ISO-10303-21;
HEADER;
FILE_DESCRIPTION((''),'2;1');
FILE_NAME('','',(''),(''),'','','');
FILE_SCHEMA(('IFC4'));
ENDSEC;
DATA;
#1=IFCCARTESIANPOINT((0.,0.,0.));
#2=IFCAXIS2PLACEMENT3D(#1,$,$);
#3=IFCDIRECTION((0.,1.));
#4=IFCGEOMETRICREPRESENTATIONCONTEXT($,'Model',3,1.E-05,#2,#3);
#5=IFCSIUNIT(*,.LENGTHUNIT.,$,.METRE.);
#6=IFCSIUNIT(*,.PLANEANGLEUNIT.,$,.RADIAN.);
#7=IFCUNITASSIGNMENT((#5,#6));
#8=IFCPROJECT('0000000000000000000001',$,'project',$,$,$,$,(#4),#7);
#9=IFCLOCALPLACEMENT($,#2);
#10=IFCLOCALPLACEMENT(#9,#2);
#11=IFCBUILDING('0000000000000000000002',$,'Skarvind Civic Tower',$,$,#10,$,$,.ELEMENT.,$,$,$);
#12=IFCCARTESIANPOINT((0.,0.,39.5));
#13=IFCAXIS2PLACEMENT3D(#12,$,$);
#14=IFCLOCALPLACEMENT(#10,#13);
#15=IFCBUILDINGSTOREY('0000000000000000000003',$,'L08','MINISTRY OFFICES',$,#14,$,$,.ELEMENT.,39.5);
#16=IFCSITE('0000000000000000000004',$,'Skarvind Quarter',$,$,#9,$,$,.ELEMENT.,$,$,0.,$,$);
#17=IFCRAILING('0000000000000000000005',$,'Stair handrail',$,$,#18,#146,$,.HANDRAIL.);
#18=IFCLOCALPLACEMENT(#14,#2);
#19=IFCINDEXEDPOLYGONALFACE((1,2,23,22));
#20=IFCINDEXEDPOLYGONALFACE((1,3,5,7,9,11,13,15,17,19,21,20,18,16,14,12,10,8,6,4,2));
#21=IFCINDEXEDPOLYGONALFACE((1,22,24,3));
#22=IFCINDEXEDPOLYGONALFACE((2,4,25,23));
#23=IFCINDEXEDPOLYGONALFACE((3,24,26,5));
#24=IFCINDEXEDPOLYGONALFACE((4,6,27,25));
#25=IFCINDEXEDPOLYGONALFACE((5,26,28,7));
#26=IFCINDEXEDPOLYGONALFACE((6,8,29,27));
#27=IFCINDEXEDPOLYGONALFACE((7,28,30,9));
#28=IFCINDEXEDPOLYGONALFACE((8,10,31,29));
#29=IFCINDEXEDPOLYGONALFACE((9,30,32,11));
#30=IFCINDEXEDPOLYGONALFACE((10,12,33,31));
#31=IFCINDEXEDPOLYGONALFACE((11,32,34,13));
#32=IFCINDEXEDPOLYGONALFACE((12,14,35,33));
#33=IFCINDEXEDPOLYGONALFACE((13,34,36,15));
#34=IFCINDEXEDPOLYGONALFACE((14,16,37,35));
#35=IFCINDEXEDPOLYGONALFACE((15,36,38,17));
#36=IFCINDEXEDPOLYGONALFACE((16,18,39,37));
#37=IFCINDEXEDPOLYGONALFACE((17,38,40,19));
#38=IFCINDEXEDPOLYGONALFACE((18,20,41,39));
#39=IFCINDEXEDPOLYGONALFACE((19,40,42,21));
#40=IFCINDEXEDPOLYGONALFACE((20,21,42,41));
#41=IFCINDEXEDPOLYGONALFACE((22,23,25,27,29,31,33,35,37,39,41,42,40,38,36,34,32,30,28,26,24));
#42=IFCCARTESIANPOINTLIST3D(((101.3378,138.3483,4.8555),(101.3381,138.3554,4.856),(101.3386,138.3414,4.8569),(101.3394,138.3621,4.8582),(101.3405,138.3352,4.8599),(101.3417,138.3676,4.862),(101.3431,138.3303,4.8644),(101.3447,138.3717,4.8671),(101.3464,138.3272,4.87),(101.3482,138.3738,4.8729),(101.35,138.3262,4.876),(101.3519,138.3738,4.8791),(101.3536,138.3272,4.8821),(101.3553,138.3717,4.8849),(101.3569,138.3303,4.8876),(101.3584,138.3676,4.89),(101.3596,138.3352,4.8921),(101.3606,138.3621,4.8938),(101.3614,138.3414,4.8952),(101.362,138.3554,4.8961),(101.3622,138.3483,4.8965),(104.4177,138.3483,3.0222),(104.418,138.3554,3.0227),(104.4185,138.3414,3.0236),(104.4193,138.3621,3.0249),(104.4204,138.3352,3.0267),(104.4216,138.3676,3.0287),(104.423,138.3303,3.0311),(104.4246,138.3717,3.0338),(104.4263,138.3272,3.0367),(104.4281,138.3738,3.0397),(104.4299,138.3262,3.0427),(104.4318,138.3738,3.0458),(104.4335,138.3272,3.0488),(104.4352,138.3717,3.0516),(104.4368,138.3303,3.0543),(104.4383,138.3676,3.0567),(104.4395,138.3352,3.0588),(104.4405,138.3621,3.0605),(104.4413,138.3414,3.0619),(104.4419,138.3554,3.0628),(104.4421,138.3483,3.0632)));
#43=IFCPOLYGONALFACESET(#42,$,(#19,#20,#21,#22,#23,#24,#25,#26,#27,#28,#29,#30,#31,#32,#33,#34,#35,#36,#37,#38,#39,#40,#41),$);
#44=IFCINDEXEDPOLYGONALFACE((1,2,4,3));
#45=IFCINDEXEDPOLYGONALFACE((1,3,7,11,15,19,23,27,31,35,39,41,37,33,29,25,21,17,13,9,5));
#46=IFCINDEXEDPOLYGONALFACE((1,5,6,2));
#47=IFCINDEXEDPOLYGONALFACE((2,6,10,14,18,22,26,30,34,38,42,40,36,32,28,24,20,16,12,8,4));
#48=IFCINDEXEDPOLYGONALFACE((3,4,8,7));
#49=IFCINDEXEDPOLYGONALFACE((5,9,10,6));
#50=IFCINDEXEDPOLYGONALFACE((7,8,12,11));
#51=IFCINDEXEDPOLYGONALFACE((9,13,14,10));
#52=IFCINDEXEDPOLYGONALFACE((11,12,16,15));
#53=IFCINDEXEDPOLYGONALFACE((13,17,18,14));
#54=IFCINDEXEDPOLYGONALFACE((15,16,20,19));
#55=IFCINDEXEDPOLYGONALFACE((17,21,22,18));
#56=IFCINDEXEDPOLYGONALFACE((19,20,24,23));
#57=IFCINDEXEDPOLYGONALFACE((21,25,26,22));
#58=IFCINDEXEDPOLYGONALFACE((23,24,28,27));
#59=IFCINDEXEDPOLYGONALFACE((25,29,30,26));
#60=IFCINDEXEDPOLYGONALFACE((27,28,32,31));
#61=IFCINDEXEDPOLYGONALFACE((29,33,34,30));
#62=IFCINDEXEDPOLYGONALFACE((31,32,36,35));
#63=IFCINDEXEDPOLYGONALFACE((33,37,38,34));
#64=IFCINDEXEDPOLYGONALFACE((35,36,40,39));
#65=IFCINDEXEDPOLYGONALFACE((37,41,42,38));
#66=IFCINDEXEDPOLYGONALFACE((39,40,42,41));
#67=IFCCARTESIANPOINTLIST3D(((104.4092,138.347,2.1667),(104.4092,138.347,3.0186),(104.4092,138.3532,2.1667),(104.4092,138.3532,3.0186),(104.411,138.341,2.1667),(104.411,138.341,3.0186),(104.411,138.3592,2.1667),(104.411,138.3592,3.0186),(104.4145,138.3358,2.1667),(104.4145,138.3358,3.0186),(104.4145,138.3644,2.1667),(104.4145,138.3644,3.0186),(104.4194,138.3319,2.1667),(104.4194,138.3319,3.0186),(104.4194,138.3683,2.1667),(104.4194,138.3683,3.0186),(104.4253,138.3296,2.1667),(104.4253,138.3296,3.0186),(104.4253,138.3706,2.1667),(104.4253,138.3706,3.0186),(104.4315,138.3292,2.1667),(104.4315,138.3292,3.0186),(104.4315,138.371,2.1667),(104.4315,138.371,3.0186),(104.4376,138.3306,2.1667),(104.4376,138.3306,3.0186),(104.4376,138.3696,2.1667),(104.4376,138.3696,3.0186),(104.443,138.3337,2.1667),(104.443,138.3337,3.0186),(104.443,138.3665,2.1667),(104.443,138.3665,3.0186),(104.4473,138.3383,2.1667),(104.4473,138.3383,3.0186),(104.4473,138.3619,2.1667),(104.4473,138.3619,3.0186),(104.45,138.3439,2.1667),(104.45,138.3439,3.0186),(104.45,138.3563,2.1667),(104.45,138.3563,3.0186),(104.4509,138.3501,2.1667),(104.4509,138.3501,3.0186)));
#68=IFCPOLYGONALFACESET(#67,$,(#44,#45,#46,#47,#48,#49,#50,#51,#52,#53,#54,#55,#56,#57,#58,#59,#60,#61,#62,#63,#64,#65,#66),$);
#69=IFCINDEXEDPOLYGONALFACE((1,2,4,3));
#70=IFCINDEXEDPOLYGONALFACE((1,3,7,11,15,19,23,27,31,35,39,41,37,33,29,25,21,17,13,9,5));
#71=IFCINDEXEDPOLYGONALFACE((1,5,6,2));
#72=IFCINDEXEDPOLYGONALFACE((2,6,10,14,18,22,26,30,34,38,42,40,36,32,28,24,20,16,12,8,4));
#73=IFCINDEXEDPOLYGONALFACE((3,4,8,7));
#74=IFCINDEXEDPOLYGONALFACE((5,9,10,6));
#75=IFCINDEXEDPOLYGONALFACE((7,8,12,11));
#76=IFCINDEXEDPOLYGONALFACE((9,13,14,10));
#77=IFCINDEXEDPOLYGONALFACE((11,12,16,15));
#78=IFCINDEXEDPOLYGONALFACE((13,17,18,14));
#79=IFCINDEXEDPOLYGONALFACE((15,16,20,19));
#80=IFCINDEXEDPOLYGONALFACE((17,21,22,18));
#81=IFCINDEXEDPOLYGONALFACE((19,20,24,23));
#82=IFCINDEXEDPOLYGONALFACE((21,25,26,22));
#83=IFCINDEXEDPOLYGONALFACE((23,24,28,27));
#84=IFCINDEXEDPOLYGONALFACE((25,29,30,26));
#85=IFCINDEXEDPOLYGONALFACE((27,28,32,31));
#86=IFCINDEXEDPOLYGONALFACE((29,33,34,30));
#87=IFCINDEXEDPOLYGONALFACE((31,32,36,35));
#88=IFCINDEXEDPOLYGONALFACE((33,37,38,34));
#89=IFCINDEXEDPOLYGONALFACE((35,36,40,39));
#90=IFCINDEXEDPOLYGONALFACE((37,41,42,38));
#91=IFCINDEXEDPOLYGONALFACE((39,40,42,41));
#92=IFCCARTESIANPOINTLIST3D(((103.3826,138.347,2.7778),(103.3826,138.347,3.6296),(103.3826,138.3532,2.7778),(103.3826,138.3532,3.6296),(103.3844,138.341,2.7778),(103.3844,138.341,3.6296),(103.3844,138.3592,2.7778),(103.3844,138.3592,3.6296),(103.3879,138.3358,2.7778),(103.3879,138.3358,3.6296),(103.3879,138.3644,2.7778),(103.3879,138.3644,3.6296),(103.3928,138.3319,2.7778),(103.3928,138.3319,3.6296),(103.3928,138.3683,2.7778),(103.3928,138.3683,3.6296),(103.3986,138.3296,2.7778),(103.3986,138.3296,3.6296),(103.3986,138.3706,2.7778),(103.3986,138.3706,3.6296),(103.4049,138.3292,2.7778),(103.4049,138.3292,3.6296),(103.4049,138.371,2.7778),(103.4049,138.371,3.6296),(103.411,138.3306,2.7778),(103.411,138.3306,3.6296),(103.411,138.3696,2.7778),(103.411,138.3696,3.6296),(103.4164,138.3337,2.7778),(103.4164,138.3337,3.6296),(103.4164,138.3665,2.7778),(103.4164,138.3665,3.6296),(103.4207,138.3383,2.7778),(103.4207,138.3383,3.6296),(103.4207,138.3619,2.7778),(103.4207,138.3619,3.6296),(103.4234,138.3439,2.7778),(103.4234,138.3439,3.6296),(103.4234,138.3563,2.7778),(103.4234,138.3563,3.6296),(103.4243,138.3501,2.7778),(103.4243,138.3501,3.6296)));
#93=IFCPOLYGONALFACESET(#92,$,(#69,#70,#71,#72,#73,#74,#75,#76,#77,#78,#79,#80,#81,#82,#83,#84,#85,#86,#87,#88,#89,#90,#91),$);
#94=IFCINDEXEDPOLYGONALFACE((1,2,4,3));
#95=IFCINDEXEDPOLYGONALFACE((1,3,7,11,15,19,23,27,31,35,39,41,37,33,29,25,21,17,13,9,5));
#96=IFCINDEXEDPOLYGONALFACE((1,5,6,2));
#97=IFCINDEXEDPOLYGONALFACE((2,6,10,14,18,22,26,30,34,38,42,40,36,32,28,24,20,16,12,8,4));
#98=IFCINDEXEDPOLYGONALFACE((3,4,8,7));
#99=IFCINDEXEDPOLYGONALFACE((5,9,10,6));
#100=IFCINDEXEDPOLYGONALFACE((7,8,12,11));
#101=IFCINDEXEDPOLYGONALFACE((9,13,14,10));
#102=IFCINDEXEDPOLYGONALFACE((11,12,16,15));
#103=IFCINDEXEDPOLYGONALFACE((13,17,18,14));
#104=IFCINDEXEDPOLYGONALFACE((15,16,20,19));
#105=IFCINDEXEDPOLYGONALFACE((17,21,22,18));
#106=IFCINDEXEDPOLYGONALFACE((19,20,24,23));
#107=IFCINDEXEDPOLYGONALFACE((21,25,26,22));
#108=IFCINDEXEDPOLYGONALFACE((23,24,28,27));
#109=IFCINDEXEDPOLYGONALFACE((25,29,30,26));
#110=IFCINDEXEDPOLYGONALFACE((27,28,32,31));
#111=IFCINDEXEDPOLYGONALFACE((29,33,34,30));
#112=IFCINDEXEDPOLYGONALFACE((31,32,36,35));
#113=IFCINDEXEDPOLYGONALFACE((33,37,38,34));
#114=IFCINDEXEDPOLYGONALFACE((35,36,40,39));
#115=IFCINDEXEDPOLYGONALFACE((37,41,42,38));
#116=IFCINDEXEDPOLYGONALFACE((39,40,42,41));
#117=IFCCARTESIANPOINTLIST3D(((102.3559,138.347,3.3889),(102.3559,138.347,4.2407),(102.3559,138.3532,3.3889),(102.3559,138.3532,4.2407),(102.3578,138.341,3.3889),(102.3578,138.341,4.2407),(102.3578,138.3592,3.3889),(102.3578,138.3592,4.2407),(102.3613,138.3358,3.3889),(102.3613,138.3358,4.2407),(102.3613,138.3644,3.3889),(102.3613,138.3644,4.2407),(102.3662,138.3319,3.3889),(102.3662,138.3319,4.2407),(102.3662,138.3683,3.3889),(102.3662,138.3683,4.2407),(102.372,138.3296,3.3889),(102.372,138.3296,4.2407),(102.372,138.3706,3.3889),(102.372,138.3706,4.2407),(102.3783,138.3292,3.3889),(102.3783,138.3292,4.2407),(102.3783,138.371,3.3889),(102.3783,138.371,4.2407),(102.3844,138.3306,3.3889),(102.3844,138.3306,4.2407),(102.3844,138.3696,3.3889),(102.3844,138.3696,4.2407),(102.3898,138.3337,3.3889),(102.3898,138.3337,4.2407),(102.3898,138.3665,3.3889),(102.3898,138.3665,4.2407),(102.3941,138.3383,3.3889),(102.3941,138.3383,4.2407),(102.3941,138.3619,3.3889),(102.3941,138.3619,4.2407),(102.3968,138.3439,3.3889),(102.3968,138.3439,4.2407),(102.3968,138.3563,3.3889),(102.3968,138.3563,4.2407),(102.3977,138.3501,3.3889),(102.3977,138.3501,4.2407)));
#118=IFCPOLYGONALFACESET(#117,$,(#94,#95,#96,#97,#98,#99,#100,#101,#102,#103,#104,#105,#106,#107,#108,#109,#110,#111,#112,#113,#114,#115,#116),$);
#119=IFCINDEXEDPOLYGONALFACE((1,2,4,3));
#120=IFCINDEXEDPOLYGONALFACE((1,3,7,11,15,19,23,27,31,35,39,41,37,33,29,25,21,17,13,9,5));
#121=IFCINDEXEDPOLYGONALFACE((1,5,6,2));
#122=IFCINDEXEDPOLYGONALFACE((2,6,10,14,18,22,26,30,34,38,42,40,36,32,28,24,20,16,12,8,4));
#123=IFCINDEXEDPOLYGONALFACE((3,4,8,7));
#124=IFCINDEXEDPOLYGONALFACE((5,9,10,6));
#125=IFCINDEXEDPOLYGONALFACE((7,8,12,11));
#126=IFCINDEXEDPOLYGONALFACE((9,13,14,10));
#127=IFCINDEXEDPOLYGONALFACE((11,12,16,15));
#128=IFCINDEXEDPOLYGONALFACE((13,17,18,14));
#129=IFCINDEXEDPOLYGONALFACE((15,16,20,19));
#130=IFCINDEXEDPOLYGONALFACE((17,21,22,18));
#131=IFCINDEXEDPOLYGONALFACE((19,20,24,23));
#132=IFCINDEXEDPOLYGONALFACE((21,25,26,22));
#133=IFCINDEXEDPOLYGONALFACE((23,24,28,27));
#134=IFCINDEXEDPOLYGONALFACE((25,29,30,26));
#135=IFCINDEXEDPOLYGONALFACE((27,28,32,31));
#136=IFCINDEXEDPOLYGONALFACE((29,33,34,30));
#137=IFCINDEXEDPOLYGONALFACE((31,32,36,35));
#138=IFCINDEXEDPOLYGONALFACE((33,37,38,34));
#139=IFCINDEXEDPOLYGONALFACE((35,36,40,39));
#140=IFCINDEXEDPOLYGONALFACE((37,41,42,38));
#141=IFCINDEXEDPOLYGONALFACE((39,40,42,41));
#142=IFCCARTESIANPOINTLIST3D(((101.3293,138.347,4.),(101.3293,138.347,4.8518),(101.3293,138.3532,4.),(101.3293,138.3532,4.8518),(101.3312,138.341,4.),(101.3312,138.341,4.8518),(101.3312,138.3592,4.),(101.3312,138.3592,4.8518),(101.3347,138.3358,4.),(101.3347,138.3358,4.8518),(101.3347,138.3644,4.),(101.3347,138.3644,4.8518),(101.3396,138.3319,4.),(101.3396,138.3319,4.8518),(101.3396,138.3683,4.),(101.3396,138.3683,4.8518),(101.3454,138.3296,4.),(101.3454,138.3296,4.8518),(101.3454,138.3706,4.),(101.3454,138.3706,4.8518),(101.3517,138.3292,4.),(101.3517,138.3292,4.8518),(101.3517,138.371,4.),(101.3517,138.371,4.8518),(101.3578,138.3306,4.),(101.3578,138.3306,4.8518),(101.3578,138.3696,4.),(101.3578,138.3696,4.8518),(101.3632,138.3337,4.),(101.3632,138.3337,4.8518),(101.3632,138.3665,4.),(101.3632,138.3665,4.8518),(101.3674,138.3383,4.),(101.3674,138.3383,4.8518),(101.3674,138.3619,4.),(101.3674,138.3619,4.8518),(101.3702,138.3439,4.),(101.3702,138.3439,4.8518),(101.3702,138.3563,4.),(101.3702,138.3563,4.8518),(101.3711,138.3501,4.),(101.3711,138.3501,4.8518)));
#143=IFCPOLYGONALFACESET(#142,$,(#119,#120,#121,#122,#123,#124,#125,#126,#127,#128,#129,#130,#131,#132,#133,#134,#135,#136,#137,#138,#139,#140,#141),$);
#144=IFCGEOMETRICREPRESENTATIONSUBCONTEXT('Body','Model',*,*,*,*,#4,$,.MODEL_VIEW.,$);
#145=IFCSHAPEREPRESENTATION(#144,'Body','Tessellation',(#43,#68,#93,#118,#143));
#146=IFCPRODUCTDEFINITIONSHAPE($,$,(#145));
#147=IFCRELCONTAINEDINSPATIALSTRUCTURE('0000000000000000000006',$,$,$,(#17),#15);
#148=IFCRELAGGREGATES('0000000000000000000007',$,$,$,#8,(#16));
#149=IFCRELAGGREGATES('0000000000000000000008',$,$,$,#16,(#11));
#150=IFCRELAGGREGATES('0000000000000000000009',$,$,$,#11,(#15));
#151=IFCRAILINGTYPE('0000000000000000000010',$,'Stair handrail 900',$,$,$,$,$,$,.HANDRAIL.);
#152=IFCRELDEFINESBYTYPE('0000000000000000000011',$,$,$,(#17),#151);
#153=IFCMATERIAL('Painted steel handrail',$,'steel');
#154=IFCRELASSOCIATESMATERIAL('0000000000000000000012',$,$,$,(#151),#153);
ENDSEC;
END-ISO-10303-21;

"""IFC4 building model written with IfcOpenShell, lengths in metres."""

from ifc_helpers import new_model, si_unit, direction, frame, origin, origin_2d, place, context, subcontext, project, spatial, circle, extrude, material, type_object, element, save


model = new_model("IFC4")

# Units and contexts
model_context = context("Model", 3, precision=1e-05, world=origin(), true_north=direction((0.0, 1.0)))
body_context = subcontext(model_context, "Body", "Model", "MODEL_VIEW")
ifc_project = project(units=[si_unit("LENGTHUNIT", "METRE"), si_unit("PLANEANGLEUNIT", "RADIAN")], contexts=[model_context])

# Site, building, storey
site_placement = place(None, origin())
site = spatial("IfcSite", under=ifc_project, at=site_placement, Name="Skarvind Quarter", CompositionType="ELEMENT", RefElevation=0.0)
building_placement = place(site_placement, origin())
building = spatial("IfcBuilding", under=site, at=building_placement, Name="Skarvind Civic Tower", CompositionType="ELEMENT")
storey_placement = place(building_placement, frame((0.0, 0.0, 39.5)))
storey = spatial("IfcBuildingStorey", under=building, at=storey_placement, Name="L08", Description="MINISTRY OFFICES", CompositionType="ELEMENT", Elevation=39.5)

# Railing
ifc_material_1 = material(Name="Painted steel handrail", Category="steel")
railing_type = type_object("IfcRailingType", Name="Stair handrail 900", PredefinedType="HANDRAIL", material=ifc_material_1)
railing_1_placement = place(storey_placement, frame((104.4299, 138.3501, 2.1667)))
element("IfcRailing", 1, at=railing_1_placement, inside=storey, type_object=railing_type, Name="Stair handrail", PredefinedType="HANDRAIL", context=body_context, shape_type="SweptSolid", body=[
    extrude(circle(Radius=0.0239, at=origin_2d()), frame((0.0, 0.0, 0.876), z_axis=(-0.859291, 0.0, 0.511487), x_axis=(0.0, -1.0, 0.0)), (0.0, 0.0, 1.0), 3.5842),
    extrude(circle(Radius=0.021, at=origin_2d()), origin(), (0.0, 0.0, 1.0), 0.8518),
    extrude(circle(Radius=0.021, at=origin_2d()), frame((-1.0266, 0.0, 0.6111)), (0.0, 0.0, 1.0), 0.8518),
    extrude(circle(Radius=0.021, at=origin_2d()), frame((-2.0532, 0.0, 1.2222)), (0.0, 0.0, 1.0), 0.8518),
    extrude(circle(Radius=0.021, at=origin_2d()), frame((-3.0798, 0.0, 1.8333)), (0.0, 0.0, 1.0), 0.8518),
])

save(model, "model.ifc")
